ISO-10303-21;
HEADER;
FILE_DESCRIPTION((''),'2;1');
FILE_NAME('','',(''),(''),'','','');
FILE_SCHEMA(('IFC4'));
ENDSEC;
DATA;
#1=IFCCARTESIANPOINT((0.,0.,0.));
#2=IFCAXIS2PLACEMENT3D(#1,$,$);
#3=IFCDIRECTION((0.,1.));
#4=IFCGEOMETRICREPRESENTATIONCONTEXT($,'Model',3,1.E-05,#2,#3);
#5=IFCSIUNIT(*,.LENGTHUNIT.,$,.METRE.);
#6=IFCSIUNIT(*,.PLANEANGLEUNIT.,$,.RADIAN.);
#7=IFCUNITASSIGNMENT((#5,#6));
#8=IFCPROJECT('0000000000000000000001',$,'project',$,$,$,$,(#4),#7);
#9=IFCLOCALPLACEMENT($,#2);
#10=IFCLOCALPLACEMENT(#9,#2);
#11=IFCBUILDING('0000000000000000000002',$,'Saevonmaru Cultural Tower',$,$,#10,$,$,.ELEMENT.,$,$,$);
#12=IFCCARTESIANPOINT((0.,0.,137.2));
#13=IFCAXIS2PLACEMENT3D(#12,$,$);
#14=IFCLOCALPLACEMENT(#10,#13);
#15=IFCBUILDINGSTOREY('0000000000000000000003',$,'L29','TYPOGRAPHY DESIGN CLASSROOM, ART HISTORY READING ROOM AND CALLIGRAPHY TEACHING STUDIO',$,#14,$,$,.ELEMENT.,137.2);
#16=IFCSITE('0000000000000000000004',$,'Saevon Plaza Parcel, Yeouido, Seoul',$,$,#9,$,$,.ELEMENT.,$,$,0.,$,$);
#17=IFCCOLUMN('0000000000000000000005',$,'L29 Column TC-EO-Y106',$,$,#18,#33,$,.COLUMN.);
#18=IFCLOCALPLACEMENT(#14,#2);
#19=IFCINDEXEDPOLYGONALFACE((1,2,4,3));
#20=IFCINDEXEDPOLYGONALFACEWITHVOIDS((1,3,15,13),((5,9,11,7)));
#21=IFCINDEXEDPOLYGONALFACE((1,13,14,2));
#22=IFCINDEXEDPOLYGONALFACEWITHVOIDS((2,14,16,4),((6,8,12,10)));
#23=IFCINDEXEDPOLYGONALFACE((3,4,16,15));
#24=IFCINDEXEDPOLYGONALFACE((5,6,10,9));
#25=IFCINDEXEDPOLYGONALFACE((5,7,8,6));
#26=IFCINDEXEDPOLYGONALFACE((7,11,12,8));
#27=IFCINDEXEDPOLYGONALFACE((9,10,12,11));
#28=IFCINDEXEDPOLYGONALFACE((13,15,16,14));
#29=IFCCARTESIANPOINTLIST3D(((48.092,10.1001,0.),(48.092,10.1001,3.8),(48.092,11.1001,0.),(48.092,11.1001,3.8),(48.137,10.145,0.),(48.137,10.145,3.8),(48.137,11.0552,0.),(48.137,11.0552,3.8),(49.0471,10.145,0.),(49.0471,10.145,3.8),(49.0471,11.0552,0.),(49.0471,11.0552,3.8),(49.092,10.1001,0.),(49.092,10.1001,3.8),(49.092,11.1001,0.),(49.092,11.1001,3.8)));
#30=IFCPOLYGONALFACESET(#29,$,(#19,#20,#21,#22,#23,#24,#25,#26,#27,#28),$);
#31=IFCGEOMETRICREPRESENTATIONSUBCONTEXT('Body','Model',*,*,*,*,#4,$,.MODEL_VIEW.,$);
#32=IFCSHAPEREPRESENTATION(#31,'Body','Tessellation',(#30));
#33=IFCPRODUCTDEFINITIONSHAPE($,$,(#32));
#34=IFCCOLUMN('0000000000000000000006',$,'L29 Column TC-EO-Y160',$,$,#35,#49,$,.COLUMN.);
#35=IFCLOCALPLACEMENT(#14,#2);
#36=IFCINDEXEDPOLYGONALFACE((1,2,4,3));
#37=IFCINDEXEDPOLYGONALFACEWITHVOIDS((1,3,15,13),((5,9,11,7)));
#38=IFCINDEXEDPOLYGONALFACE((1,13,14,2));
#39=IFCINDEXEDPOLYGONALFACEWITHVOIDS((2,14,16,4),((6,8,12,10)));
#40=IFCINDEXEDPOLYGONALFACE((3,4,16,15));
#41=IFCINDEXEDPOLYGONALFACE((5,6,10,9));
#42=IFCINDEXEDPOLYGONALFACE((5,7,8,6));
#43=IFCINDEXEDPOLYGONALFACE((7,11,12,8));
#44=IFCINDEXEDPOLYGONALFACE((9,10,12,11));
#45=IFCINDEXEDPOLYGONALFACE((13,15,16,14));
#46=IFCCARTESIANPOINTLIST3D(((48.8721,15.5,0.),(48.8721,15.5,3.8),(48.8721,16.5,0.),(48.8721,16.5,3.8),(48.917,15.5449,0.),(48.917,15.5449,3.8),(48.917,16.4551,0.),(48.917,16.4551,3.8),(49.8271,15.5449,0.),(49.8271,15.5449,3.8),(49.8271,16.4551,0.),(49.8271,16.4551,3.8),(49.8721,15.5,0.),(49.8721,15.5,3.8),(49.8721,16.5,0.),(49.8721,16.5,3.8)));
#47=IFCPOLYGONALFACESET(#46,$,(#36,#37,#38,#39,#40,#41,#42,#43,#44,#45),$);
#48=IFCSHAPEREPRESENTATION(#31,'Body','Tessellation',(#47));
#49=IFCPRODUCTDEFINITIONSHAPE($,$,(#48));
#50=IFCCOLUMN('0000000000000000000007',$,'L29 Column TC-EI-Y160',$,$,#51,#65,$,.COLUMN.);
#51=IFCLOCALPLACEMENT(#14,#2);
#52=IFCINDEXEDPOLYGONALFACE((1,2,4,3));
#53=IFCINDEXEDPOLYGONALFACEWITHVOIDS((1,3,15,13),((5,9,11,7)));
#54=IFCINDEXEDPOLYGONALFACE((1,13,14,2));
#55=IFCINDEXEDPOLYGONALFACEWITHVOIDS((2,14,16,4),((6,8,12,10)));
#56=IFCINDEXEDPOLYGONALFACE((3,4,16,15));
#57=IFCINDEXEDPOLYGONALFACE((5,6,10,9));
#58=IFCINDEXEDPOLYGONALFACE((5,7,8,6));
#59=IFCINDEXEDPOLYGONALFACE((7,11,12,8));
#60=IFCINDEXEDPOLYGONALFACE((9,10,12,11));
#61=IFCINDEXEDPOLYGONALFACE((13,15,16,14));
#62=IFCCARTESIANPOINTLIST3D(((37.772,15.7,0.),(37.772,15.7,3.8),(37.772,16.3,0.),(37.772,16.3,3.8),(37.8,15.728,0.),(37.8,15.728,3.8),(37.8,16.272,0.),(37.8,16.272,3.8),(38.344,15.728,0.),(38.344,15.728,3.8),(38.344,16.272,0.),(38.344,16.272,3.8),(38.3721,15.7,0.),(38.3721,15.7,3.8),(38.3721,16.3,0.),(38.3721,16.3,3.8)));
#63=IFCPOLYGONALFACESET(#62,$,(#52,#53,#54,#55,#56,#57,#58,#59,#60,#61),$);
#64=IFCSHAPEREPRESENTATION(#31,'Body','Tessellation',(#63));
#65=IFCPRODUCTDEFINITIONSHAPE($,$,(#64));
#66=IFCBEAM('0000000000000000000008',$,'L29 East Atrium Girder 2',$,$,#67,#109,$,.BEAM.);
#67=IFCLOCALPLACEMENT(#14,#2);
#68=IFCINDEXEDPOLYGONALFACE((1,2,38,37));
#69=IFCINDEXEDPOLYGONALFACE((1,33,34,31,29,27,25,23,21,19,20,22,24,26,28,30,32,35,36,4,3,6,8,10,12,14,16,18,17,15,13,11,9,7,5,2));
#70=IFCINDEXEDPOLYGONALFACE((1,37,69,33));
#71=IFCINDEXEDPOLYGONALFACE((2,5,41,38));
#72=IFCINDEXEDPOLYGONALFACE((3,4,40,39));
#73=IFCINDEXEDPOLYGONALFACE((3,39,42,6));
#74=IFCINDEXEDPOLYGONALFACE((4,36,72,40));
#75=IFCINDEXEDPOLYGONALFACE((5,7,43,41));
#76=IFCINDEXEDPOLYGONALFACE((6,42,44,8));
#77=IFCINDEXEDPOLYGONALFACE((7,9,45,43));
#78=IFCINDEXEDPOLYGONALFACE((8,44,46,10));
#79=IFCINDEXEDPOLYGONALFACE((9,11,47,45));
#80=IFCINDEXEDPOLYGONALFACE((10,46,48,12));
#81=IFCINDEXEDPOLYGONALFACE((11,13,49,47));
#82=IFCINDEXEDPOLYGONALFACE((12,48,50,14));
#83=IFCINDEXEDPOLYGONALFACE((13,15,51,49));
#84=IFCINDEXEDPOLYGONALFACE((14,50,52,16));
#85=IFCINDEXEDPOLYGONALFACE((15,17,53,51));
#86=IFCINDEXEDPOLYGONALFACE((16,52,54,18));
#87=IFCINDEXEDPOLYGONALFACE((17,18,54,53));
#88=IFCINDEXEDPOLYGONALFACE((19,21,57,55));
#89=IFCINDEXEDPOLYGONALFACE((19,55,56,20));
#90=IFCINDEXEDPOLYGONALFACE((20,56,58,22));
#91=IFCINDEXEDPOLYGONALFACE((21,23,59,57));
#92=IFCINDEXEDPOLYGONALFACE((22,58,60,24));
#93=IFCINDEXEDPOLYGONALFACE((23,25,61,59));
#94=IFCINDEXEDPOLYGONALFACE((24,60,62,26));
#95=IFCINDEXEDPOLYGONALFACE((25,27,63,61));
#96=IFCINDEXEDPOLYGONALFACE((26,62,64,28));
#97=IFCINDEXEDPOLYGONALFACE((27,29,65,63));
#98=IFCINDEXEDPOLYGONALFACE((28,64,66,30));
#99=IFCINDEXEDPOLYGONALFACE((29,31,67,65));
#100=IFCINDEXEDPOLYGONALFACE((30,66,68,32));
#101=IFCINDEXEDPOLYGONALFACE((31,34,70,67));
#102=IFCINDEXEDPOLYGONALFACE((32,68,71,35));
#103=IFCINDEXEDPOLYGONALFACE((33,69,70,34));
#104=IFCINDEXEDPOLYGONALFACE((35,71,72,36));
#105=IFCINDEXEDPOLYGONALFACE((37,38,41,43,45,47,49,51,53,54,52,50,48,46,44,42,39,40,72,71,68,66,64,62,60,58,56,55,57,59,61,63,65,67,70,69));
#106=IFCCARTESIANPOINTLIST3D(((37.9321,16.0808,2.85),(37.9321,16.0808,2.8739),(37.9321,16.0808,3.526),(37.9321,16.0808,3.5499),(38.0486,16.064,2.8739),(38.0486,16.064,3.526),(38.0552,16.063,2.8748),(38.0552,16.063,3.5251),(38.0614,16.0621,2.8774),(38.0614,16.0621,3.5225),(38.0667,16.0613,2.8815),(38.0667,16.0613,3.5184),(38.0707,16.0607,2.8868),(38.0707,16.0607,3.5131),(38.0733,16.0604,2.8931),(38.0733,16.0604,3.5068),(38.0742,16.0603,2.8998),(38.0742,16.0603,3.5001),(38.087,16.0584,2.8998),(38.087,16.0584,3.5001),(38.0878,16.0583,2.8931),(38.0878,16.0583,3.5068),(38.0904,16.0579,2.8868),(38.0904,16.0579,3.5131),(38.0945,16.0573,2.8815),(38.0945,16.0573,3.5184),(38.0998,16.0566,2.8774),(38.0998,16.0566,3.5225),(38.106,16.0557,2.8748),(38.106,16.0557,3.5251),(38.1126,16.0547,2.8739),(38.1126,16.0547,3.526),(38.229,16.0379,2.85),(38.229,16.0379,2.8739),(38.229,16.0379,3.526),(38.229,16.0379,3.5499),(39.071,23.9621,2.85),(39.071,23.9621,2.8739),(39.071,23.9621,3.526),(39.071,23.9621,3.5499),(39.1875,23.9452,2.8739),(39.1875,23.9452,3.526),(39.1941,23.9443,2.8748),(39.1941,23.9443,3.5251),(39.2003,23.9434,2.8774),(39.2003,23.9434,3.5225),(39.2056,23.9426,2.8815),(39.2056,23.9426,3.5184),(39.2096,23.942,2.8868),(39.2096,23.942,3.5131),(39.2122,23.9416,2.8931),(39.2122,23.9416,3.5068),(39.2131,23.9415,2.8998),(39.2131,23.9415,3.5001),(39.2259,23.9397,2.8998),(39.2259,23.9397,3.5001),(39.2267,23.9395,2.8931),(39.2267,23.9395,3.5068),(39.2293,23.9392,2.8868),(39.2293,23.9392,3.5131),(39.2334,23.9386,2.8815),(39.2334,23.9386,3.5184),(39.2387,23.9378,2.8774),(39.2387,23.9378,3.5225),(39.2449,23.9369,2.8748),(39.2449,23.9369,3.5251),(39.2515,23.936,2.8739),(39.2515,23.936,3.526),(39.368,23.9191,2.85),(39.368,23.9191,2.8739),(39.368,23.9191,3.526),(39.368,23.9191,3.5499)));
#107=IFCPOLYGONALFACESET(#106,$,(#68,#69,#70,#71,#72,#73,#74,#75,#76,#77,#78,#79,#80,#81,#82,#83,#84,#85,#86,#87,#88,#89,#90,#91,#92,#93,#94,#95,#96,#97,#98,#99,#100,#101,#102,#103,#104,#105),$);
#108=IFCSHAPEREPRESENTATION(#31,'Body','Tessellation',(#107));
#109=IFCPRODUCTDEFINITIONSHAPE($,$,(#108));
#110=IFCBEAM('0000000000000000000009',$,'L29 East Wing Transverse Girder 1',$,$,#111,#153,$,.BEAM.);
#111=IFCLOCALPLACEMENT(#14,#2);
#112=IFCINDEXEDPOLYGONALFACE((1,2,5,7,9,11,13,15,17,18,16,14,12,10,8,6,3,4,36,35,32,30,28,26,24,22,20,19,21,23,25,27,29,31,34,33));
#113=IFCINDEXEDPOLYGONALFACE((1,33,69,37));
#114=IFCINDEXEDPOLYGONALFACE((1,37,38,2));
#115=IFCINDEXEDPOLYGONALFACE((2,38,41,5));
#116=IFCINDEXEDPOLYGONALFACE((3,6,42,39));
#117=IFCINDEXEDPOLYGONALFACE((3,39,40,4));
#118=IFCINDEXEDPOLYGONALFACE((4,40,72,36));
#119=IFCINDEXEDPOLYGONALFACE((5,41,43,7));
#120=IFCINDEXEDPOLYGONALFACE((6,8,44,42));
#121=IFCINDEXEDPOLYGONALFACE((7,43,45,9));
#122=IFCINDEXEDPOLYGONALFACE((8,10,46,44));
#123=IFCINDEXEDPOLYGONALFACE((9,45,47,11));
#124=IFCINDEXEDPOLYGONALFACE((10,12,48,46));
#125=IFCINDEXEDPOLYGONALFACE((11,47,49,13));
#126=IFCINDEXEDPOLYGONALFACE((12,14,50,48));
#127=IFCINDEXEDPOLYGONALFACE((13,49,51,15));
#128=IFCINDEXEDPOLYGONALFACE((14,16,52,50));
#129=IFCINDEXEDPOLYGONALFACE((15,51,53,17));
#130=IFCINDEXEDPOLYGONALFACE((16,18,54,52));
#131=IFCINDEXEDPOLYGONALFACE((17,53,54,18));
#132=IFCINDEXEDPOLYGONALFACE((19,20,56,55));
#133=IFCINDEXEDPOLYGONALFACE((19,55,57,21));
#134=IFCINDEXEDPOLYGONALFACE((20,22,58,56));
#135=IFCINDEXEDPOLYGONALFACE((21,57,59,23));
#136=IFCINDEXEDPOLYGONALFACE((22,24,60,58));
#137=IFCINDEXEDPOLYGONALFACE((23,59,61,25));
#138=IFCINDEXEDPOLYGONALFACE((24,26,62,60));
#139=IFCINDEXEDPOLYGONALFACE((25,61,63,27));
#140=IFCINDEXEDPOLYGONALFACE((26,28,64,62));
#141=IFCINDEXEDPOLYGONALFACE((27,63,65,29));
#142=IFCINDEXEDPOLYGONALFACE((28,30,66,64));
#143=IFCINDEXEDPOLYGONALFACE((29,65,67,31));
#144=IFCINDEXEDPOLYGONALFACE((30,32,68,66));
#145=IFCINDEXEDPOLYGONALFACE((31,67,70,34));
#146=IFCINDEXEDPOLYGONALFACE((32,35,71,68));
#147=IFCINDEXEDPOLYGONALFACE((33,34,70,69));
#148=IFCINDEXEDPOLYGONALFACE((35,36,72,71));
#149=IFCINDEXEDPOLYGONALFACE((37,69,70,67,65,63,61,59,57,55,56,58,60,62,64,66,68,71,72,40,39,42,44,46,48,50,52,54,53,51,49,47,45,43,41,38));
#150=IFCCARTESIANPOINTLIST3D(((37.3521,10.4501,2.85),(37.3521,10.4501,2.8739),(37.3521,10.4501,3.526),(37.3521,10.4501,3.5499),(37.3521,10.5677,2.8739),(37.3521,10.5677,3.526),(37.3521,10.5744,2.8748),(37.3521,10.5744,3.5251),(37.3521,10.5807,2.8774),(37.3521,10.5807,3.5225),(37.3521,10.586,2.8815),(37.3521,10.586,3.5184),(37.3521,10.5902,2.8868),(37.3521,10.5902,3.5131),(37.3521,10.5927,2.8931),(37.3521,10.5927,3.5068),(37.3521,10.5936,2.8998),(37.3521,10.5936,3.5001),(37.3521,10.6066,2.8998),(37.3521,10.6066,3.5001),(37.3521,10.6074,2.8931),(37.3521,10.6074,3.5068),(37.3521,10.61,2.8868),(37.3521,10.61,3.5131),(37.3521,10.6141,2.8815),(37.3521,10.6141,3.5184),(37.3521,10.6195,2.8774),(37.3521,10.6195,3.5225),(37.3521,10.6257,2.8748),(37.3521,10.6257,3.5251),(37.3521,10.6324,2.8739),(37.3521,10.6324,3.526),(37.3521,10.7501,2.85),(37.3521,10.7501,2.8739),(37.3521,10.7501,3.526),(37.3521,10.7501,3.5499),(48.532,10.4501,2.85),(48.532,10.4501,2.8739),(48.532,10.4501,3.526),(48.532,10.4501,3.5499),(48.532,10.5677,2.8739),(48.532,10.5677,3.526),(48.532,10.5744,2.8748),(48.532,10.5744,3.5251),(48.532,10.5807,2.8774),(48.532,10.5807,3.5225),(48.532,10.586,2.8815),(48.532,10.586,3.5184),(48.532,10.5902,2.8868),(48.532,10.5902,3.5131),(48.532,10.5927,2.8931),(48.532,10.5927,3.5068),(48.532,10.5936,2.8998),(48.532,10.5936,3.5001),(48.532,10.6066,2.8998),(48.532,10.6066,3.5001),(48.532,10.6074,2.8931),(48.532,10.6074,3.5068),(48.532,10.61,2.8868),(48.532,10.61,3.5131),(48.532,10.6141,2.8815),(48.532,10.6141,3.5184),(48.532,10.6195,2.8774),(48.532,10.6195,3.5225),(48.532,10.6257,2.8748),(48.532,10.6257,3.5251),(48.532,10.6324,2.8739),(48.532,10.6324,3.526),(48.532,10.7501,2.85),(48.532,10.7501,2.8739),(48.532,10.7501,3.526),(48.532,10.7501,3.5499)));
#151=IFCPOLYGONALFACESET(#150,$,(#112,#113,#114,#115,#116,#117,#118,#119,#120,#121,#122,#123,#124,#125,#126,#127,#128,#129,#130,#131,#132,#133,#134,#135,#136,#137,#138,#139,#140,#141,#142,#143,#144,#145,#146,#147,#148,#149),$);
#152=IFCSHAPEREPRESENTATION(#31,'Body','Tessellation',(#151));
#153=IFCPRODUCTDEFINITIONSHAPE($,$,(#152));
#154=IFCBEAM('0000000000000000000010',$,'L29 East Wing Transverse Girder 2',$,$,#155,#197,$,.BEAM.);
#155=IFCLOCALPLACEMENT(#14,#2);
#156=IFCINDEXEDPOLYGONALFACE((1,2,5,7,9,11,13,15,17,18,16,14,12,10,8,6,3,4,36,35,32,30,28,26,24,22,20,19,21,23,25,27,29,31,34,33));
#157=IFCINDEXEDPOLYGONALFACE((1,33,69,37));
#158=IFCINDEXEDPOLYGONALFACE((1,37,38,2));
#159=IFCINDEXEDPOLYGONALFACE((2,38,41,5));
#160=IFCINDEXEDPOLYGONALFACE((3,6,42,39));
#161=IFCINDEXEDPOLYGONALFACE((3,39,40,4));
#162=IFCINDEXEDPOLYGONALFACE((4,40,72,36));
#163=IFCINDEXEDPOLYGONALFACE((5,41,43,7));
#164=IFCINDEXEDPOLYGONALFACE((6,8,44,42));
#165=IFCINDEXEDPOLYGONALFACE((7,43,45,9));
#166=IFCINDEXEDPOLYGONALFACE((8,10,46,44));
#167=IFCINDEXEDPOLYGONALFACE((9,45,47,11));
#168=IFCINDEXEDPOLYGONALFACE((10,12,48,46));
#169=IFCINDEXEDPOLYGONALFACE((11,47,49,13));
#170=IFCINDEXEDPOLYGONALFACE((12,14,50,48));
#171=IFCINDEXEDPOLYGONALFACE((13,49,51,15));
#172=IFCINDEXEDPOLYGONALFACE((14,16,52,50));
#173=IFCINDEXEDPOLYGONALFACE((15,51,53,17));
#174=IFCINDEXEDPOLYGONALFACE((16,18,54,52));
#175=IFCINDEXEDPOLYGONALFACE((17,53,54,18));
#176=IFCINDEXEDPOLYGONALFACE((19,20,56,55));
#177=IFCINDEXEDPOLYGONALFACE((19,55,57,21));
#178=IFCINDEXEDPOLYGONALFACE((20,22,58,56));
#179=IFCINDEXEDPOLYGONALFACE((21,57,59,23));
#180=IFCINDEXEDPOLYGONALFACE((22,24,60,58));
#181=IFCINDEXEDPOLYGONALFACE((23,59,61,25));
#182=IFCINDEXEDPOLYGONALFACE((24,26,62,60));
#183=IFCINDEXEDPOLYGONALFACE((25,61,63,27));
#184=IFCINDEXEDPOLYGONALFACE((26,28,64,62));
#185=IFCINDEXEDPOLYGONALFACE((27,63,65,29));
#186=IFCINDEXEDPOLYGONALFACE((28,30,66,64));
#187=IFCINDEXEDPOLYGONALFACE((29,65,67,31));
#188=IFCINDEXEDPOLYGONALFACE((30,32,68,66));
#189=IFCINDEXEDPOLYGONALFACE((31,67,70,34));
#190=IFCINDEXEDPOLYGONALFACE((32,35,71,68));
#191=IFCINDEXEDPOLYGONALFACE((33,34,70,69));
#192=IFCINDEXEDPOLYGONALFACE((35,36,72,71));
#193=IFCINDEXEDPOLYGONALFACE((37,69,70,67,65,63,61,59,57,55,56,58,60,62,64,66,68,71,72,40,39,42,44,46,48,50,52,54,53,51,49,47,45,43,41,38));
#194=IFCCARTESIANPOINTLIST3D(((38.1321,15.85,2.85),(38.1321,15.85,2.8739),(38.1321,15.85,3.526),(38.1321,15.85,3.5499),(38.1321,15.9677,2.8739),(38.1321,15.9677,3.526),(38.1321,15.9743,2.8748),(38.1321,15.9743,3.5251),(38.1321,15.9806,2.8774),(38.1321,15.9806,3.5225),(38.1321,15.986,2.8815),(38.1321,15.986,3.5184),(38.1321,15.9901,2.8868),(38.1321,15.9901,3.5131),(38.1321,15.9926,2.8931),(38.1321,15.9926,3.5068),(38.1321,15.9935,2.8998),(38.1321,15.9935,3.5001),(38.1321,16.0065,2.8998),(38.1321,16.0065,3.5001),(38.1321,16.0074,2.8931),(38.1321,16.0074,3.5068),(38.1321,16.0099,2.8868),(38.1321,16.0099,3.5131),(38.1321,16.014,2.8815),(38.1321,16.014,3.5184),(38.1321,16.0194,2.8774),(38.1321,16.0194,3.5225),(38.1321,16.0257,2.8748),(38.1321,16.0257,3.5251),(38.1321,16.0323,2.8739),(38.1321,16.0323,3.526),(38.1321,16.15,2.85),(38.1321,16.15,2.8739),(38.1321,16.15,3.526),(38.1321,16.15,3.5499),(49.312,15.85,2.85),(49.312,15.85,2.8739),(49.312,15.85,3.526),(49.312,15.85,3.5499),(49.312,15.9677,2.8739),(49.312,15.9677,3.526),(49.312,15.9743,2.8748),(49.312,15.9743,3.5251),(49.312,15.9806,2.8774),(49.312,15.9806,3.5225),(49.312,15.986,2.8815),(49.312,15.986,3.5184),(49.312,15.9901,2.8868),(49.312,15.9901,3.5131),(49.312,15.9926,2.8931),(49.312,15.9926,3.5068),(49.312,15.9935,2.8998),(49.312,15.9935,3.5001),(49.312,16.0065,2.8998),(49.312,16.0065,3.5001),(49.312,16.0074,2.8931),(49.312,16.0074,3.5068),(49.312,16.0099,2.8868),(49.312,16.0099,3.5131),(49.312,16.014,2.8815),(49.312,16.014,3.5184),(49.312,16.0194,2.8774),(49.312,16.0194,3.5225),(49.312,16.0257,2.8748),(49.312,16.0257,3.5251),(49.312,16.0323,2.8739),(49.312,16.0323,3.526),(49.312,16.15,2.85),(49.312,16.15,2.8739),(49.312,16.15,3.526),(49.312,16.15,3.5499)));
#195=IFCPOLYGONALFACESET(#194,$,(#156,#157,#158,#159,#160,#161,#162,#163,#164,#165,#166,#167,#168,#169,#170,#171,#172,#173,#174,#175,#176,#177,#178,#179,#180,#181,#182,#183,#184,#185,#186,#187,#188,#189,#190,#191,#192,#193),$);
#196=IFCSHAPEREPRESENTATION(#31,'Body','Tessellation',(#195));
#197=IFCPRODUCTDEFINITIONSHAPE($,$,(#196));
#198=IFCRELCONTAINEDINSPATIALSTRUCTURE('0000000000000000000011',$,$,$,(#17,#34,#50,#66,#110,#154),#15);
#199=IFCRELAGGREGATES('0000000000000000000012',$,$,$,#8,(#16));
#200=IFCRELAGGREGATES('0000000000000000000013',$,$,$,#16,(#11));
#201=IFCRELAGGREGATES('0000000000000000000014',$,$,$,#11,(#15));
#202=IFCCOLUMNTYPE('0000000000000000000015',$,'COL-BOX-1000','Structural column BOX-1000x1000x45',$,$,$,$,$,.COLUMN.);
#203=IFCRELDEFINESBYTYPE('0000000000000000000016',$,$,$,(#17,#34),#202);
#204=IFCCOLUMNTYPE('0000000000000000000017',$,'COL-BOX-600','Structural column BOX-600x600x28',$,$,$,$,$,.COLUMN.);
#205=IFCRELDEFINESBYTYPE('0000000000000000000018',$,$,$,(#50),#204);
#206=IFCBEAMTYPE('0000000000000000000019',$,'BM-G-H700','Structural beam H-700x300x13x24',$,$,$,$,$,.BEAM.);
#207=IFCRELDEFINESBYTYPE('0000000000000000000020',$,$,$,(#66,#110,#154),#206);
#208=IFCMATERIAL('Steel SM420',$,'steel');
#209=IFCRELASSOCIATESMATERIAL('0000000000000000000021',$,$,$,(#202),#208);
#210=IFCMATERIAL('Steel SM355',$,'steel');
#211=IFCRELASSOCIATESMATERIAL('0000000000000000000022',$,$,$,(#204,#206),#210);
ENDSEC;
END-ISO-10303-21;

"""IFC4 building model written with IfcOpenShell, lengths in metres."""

from ifc_helpers import new_model, si_unit, direction, frame, origin, origin_2d, place, context, subcontext, project, spatial, hollow_rectangle, i_section, extrude, material, material_profile, profile_set, type_object, element, save


model = new_model("IFC4")

# Units and contexts
model_context = context("Model", 3, precision=1e-05, world=origin(), true_north=direction((0.0, 1.0)))
body_context = subcontext(model_context, "Body", "Model", "MODEL_VIEW")
ifc_project = project(units=[si_unit("LENGTHUNIT", "METRE"), si_unit("PLANEANGLEUNIT", "RADIAN")], contexts=[model_context])

# Site, building, storey
site_placement = place(None, origin())
site = spatial("IfcSite", under=ifc_project, at=site_placement, Name="Saevon Plaza Parcel, Yeouido, Seoul", CompositionType="ELEMENT", RefElevation=0.0)
building_placement = place(site_placement, origin())
building = spatial("IfcBuilding", under=site, at=building_placement, Name="Saevonmaru Cultural Tower", CompositionType="ELEMENT")
storey_placement = place(building_placement, frame((0.0, 0.0, 137.2)))
storey = spatial("IfcBuildingStorey", under=building, at=storey_placement, Name="L29", Description="TYPOGRAPHY DESIGN CLASSROOM, ART HISTORY READING ROOM AND CALLIGRAPHY TEACHING STUDIO", CompositionType="ELEMENT", Elevation=137.2)

# Columns
ifc_material_1 = material(Name="Steel SM420", Category="steel")
ifc_material_profile_1 = material_profile(ifc_material_1, hollow_rectangle(XDim=1.0, YDim=1.0, WallThickness=0.0449, at=origin_2d()), Name="BOX-1000x1000x45")
ifc_profile_set_1 = profile_set([ifc_material_profile_1], Name="Steel SM420")
column_type_1 = type_object("IfcColumnType", Name="COL-BOX-1000", Description="Structural column BOX-1000x1000x45", PredefinedType="COLUMN", material=ifc_profile_set_1)
for number, where, z_axis, x_axis, name in (
    (1, (48.592, 10.6001, 0.0), (0.0, 0.0, 1.0), (1.0, 0.0, 0.0), "L29 Column TC-EO-Y106"),
    (2, (49.3721, 16.0, 0.0), (0.0, 0.0, 1.0), (1.0, 0.0, 0.0), "L29 Column TC-EO-Y160"),
):
    element("IfcColumn", number, at=place(storey_placement, frame(where, z_axis=z_axis, x_axis=x_axis)), inside=storey, type_object=column_type_1, Name=name, PredefinedType="COLUMN", context=body_context, shape_type="SweptSolid", body=[
        extrude(hollow_rectangle(XDim=1.0, YDim=1.0, WallThickness=0.0449, at=origin_2d()), origin(), (0.0, 0.0, 1.0), 3.8),
    ])
ifc_material_2 = material(Name="Steel SM355", Category="steel")
ifc_material_profile_2 = material_profile(ifc_material_2, hollow_rectangle(XDim=0.6001, YDim=0.6001, WallThickness=0.0281, at=origin_2d()), Name="BOX-600x600x28")
ifc_profile_set_2 = profile_set([ifc_material_profile_2], Name="Steel SM355")
column_type_2 = type_object("IfcColumnType", Name="COL-BOX-600", Description="Structural column BOX-600x600x28", PredefinedType="COLUMN", material=ifc_profile_set_2)
column_placement = place(storey_placement, frame((38.072, 16.0, 0.0), z_axis=(0.0, 0.0, 1.0), x_axis=(1.0, 0.0, 0.0)))
element("IfcColumn", 3, at=column_placement, inside=storey, type_object=column_type_2, Name="L29 Column TC-EI-Y160", PredefinedType="COLUMN", context=body_context, shape_type="SweptSolid", body=[
    extrude(hollow_rectangle(XDim=0.6001, YDim=0.6001, WallThickness=0.0281, at=origin_2d()), origin(), (0.0, 0.0, 1.0), 3.8),
])

# Beams
ifc_material_profile_3 = material_profile(ifc_material_2, i_section(OverallWidth=0.3, OverallDepth=0.7, WebThickness=0.0129, FlangeThickness=0.0239, FilletRadius=0.0259, at=origin_2d()), Name="H-700x300x13x24")
ifc_profile_set_3 = profile_set([ifc_material_profile_3], Name="Steel SM355")
beam_type_1 = type_object("IfcBeamType", Name="BM-G-H700", Description="Structural beam H-700x300x13x24", PredefinedType="BEAM", material=ifc_profile_set_3)
beam_1_placement = place(storey_placement, frame((38.0806, 16.0593, 3.2), z_axis=(0.143022, 0.989719, 0.0), x_axis=(-0.989719, 0.143022, 0.0)))
element("IfcBeam", 4, at=beam_1_placement, inside=storey, type_object=beam_type_1, Name="L29 East Atrium Girder 2", PredefinedType="BEAM", context=body_context, shape_type="SweptSolid", body=[
    extrude(i_section(OverallWidth=0.3, OverallDepth=0.7, WebThickness=0.0129, FlangeThickness=0.0239, FilletRadius=0.0259, at=origin_2d()), origin(), (0.0, 0.0, 1.0), 7.9631),
])
for number, where, z_axis, x_axis, name in (
    (5, (37.3521, 10.6001, 3.2), (1.0, 0.0, 0.0), (0.0, 1.0, 0.0), "L29 East Wing Transverse Girder 1"),
    (6, (38.1321, 16.0, 3.2), (1.0, 0.0, 0.0), (0.0, 1.0, 0.0), "L29 East Wing Transverse Girder 2"),
):
    element("IfcBeam", number, at=place(storey_placement, frame(where, z_axis=z_axis, x_axis=x_axis)), inside=storey, type_object=beam_type_1, Name=name, PredefinedType="BEAM", context=body_context, shape_type="SweptSolid", body=[
        extrude(i_section(OverallWidth=0.3, OverallDepth=0.7, WebThickness=0.0129, FlangeThickness=0.0239, FilletRadius=0.0259, at=origin_2d()), origin(), (0.0, 0.0, 1.0), 11.1799),
    ])

save(model, "model.ifc")
